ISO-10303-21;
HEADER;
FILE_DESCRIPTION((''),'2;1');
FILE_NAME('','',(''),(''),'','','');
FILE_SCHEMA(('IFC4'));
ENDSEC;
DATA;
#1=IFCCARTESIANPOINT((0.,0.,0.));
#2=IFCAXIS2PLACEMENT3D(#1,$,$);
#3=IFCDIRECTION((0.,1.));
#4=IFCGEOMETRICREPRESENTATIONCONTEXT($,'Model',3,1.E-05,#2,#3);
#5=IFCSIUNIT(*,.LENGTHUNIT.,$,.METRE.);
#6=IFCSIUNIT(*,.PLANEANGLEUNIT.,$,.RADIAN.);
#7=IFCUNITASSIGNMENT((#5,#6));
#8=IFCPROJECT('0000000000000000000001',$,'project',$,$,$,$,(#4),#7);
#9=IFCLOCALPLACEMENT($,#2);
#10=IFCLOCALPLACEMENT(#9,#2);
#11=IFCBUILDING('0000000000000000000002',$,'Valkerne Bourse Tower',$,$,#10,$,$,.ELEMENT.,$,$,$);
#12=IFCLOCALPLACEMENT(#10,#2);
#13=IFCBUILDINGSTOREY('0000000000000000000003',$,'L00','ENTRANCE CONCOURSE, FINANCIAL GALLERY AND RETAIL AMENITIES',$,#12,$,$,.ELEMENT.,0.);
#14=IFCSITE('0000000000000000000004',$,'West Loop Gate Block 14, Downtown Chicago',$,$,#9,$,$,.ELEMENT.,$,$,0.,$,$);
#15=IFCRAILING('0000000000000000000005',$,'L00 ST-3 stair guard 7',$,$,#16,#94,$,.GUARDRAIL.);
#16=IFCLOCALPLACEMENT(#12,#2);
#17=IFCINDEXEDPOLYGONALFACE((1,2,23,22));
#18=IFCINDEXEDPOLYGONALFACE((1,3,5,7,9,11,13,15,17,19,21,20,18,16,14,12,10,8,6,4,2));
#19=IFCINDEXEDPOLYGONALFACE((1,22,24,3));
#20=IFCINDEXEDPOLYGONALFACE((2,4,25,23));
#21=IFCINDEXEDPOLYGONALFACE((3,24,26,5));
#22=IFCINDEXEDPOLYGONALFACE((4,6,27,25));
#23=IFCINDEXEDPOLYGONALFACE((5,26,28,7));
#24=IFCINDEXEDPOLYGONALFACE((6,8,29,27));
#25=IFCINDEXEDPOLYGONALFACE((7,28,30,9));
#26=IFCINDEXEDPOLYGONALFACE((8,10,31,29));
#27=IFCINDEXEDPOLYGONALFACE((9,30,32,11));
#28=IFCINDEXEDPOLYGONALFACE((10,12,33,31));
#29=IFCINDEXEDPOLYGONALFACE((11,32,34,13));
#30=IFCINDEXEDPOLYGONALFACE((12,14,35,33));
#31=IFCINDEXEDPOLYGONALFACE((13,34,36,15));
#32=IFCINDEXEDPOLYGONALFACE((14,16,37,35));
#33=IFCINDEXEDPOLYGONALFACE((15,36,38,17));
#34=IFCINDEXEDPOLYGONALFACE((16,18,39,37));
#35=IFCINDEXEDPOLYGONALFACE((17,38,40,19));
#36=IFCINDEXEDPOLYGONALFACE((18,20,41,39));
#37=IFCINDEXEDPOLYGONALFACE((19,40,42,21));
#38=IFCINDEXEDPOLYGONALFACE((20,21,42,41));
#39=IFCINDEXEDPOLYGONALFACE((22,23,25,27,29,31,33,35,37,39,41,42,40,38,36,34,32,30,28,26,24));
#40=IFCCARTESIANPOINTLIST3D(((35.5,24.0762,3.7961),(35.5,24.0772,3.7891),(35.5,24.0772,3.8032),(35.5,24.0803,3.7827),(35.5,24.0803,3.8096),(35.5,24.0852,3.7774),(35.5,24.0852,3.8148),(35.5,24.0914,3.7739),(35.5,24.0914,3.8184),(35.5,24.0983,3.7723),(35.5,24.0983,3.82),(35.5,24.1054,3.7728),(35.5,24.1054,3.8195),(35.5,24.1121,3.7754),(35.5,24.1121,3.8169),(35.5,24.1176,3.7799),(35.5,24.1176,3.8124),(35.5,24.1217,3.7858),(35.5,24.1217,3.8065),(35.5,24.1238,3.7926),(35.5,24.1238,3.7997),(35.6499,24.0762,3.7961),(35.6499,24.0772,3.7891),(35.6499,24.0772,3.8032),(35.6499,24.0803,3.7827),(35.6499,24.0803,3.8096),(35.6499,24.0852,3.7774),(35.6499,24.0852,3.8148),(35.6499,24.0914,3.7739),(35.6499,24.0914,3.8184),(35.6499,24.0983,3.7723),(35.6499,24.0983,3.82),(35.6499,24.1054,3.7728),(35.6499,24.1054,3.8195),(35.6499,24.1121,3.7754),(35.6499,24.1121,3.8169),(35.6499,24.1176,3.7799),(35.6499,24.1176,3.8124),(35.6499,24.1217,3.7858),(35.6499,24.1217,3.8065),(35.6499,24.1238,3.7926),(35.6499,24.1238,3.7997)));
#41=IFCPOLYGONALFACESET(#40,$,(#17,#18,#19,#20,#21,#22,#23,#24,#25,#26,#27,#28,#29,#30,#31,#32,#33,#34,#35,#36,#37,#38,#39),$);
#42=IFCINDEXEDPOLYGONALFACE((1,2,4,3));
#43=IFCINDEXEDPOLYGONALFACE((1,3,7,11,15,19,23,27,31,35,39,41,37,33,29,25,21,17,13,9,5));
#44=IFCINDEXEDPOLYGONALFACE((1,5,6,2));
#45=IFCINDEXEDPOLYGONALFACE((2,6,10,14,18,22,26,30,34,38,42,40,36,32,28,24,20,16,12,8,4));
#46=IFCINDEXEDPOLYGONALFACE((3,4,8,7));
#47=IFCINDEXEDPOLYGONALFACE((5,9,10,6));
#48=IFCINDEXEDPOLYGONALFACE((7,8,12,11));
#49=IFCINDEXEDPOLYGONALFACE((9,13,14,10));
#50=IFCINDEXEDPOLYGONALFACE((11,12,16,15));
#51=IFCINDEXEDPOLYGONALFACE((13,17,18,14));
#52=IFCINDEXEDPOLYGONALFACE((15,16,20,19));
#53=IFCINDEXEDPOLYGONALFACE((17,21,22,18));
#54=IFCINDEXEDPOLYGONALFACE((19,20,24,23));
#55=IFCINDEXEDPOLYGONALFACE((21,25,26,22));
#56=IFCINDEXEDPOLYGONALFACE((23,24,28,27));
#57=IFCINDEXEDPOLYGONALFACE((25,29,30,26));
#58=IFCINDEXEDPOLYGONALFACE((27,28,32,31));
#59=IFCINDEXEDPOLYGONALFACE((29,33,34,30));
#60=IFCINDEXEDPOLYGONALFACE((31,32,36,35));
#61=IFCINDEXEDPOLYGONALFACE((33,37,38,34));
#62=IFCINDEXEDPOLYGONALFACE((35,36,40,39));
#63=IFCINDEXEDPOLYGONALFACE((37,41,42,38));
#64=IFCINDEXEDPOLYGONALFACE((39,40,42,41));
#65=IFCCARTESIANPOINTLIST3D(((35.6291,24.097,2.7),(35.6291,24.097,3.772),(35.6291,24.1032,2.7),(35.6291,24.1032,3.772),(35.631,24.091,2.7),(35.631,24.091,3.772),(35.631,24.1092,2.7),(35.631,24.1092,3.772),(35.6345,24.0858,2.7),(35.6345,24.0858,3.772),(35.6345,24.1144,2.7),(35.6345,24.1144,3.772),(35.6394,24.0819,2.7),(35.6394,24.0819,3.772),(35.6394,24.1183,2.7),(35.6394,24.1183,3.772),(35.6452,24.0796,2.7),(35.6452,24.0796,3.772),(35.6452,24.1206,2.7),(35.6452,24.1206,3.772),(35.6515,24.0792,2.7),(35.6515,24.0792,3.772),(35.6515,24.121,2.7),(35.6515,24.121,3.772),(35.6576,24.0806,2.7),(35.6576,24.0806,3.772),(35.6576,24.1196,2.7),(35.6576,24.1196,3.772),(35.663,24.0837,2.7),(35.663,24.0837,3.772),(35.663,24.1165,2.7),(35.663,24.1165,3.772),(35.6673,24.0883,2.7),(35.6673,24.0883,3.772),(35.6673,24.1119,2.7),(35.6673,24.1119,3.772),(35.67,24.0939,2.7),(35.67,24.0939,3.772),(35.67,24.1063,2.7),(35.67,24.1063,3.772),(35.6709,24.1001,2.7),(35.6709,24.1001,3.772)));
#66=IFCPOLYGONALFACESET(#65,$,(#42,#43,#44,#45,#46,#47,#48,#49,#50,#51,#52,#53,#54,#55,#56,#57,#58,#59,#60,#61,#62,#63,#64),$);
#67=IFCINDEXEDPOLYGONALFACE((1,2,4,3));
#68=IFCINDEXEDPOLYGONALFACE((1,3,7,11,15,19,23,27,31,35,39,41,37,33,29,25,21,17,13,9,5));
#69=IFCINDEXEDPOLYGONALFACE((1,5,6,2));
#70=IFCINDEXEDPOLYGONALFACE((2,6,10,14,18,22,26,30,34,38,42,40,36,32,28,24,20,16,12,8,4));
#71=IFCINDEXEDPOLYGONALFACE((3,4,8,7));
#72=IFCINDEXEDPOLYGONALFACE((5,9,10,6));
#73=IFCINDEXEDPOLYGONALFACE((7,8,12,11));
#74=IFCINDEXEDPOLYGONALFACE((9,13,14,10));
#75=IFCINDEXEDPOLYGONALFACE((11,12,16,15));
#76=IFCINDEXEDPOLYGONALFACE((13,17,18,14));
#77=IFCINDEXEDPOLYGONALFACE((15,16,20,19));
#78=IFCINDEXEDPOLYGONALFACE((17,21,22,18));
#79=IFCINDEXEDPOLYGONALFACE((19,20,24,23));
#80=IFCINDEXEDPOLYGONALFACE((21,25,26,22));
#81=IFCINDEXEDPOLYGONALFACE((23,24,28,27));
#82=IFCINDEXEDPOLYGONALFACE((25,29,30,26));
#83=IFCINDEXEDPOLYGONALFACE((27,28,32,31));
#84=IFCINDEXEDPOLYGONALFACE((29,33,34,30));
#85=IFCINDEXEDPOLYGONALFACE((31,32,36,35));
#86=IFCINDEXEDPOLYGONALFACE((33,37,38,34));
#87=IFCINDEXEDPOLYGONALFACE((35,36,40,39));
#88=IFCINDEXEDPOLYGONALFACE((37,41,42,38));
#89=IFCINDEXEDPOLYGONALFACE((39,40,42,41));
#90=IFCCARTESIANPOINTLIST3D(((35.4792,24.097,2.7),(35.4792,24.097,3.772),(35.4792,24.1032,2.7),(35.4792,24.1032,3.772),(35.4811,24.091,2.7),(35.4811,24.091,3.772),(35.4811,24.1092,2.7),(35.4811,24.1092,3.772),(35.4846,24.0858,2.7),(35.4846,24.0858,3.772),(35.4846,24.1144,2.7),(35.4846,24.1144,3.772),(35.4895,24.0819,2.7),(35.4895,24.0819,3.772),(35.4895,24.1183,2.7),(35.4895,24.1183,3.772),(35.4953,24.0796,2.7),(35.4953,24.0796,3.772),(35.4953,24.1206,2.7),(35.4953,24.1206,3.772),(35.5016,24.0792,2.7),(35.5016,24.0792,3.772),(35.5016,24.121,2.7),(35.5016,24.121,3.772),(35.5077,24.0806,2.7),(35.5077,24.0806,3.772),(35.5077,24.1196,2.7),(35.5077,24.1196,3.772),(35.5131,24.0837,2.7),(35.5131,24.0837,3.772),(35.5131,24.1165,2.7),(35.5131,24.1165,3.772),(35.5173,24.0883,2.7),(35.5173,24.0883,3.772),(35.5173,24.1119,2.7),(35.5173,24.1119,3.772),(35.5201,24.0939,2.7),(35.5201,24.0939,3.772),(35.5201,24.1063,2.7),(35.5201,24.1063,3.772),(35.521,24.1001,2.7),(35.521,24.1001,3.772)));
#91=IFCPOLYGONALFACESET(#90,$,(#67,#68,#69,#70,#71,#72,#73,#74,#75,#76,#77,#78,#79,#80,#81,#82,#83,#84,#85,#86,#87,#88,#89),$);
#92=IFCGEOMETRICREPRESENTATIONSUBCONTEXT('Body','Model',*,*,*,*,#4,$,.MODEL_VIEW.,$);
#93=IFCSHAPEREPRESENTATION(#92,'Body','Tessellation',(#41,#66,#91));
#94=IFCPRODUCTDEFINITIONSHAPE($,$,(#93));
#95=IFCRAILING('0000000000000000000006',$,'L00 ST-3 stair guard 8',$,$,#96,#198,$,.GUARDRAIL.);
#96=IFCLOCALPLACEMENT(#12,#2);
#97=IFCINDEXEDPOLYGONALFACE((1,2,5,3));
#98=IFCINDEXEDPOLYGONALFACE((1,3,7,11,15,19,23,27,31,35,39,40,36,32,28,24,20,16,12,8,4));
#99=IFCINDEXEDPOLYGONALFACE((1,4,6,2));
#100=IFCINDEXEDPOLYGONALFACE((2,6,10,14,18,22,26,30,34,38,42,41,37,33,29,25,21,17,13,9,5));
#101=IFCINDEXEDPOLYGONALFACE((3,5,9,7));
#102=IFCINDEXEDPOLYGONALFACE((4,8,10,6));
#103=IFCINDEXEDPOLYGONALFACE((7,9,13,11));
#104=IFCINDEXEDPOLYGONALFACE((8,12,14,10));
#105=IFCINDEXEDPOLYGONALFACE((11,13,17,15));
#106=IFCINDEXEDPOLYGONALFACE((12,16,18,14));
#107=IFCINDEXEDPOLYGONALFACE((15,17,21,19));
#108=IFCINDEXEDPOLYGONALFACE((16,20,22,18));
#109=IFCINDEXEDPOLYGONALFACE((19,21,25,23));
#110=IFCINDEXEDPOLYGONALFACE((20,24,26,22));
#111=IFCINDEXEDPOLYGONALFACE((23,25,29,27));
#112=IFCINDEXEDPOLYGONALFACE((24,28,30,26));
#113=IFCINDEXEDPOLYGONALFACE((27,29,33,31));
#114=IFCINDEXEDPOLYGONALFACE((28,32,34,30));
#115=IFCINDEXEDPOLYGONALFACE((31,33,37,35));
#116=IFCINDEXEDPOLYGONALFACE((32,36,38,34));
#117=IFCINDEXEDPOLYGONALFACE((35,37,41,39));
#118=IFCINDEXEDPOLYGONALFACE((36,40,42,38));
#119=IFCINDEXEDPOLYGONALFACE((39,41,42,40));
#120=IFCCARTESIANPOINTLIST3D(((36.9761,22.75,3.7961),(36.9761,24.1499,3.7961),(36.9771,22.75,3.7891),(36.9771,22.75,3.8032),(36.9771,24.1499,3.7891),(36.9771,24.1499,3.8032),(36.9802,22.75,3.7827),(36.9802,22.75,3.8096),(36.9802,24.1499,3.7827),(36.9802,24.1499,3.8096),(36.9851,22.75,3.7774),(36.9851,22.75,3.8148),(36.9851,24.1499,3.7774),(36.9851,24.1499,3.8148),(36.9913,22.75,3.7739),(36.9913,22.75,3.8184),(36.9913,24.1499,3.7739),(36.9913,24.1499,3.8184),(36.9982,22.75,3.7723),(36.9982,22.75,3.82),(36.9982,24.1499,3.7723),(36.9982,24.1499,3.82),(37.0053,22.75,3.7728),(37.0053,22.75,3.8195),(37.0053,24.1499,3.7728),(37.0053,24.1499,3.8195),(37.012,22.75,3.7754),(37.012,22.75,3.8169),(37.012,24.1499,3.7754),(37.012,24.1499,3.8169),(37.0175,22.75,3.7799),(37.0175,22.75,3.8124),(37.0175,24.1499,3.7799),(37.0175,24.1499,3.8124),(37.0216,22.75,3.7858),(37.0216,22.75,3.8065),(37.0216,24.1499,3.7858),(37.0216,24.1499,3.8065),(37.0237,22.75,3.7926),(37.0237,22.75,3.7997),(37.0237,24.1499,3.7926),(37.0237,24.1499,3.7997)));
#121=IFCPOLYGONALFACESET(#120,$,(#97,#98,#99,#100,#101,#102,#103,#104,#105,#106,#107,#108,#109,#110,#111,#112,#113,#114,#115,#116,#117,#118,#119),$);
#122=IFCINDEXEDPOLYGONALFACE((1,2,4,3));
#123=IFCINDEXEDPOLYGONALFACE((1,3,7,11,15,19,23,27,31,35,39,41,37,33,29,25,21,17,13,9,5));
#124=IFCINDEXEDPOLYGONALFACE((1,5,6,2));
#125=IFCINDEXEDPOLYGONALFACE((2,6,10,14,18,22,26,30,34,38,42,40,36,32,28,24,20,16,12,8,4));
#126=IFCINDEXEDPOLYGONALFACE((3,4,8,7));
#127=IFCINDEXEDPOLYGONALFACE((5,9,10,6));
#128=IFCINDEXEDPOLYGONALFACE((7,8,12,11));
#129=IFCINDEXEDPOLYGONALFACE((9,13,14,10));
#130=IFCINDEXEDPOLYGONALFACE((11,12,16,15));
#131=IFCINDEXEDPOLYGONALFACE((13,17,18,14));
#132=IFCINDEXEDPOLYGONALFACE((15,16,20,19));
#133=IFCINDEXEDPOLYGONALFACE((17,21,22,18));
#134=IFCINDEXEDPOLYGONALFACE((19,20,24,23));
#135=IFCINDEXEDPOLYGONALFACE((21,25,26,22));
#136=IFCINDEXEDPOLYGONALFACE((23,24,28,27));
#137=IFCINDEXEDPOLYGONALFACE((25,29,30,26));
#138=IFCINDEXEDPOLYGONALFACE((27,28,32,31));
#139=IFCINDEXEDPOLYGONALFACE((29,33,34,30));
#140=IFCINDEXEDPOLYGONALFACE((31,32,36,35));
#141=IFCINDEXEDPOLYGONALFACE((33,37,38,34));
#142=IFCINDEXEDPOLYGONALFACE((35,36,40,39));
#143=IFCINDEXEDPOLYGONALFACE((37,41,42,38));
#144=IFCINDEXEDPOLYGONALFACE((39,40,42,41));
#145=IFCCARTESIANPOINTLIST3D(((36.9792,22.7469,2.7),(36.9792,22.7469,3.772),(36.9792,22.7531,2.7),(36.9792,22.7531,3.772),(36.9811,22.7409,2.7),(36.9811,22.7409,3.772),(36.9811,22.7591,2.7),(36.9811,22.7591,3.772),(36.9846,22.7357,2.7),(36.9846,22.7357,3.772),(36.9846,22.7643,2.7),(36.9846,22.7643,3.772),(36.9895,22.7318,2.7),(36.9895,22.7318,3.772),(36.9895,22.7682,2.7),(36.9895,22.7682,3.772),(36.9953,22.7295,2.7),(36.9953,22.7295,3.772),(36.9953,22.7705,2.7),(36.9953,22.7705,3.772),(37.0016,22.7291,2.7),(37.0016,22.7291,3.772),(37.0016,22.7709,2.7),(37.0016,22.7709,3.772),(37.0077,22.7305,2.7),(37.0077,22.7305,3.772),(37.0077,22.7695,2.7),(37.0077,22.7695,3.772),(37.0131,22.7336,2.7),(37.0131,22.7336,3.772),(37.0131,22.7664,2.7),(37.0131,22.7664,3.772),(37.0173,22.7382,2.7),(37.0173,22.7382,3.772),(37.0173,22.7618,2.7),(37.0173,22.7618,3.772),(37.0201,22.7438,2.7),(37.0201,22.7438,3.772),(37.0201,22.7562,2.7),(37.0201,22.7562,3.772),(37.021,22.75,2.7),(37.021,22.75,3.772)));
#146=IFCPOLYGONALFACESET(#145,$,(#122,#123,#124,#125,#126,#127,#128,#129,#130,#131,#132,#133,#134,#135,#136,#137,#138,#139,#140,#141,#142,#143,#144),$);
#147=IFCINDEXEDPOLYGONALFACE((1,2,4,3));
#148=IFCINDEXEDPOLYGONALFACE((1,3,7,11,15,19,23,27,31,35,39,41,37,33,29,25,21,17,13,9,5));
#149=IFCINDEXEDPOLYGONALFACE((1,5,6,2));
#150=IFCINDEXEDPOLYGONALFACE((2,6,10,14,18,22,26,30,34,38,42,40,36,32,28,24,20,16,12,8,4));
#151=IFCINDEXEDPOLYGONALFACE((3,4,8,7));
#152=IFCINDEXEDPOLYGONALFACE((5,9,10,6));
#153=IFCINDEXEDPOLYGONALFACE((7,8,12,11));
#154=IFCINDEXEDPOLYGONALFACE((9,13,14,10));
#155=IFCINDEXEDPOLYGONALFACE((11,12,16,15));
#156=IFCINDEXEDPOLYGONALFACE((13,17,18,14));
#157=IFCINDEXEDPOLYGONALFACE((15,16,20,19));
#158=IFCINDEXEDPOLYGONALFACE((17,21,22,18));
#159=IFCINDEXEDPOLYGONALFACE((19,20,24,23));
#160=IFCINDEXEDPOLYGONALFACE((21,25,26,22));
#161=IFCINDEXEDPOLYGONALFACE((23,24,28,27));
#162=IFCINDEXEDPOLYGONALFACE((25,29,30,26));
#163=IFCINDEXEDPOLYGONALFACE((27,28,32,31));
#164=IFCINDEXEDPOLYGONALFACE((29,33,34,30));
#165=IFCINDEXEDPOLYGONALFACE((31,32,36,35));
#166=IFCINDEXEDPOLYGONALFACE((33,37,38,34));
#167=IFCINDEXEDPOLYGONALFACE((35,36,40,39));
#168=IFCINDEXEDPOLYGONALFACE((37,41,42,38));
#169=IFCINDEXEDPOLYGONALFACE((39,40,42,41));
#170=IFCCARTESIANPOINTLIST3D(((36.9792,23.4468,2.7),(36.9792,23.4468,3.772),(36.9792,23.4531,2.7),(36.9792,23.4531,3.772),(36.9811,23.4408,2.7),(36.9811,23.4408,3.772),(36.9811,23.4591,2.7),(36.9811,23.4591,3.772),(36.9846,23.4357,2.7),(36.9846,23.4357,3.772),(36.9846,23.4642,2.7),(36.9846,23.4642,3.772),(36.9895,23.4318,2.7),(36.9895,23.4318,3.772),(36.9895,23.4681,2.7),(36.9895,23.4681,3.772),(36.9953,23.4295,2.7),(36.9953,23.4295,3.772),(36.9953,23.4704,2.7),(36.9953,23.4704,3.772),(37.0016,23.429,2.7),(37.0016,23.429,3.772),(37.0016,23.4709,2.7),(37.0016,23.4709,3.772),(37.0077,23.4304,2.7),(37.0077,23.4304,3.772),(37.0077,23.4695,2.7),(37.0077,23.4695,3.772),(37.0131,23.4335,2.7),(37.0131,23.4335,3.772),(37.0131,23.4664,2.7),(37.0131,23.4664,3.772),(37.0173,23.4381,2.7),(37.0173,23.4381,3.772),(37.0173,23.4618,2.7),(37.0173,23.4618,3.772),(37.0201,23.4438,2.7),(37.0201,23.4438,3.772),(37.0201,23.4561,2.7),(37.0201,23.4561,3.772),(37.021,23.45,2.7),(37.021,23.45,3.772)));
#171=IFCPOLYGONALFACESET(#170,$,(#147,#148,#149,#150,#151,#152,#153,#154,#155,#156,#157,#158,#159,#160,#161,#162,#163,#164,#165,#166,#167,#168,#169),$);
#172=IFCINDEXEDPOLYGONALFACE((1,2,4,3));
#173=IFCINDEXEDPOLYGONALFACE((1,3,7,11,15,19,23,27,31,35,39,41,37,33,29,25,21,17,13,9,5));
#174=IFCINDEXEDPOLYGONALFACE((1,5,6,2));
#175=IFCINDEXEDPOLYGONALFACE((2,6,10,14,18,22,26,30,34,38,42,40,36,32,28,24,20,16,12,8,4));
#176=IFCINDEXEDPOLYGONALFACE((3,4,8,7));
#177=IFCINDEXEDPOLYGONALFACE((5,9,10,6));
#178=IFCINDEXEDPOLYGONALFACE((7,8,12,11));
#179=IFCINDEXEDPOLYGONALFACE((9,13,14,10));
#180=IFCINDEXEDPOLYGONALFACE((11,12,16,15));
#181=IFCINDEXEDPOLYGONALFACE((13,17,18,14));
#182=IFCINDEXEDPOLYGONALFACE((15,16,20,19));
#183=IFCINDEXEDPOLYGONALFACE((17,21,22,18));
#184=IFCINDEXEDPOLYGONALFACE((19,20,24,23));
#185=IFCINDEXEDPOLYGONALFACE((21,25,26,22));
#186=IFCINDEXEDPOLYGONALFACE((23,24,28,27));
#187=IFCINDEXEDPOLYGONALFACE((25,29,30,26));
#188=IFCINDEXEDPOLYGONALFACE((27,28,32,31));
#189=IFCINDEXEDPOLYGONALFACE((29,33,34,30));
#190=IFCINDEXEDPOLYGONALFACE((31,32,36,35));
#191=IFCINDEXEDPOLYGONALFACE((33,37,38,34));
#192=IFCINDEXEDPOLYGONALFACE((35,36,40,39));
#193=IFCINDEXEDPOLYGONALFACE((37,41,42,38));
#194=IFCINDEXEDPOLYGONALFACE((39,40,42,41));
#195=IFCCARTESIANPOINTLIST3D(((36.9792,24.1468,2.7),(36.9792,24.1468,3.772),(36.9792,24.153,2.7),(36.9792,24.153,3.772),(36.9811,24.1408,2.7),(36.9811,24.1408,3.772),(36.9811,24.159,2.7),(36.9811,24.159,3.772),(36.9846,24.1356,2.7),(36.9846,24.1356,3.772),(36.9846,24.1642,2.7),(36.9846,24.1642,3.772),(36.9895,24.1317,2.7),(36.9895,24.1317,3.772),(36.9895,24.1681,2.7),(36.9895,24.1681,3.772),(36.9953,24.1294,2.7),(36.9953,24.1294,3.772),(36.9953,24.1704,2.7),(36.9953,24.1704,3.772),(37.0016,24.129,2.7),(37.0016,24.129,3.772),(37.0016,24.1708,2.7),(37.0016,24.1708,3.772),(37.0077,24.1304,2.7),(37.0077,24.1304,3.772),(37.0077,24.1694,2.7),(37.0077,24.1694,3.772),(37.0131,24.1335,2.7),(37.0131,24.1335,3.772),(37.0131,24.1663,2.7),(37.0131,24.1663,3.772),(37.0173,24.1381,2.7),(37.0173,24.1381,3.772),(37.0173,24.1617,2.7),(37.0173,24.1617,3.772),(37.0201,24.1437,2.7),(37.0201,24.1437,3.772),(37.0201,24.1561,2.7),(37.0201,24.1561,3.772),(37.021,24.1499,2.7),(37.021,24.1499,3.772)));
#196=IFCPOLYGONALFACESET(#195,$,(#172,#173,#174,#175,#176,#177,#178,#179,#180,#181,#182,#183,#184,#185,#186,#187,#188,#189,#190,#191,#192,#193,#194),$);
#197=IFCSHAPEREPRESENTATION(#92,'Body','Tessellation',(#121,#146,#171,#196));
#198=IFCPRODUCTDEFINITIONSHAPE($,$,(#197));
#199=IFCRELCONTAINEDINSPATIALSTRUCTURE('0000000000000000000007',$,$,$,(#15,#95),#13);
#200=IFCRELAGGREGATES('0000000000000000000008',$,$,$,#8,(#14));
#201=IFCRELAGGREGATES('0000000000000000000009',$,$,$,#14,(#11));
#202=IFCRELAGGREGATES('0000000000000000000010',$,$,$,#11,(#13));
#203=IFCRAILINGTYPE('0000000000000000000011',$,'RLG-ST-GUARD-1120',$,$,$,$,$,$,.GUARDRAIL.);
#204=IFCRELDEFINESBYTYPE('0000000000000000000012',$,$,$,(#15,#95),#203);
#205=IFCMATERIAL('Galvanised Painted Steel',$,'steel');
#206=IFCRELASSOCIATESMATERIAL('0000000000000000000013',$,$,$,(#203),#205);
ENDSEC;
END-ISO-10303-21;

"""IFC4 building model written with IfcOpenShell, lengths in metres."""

from ifc_helpers import new_model, si_unit, direction, frame, origin, origin_2d, place, context, subcontext, project, spatial, circle, extrude, material, type_object, element, save


model = new_model("IFC4")

# Units and contexts
model_context = context("Model", 3, precision=1e-05, world=origin(), true_north=direction((0.0, 1.0)))
body_context = subcontext(model_context, "Body", "Model", "MODEL_VIEW")
ifc_project = project(units=[si_unit("LENGTHUNIT", "METRE"), si_unit("PLANEANGLEUNIT", "RADIAN")], contexts=[model_context])

# Site, building, storey
site_placement = place(None, origin())
site = spatial("IfcSite", under=ifc_project, at=site_placement, Name="West Loop Gate Block 14, Downtown Chicago", CompositionType="ELEMENT", RefElevation=0.0)
building_placement = place(site_placement, origin())
building = spatial("IfcBuilding", under=site, at=building_placement, Name="Valkerne Bourse Tower", CompositionType="ELEMENT")
storey_placement = place(building_placement, origin())
storey = spatial("IfcBuildingStorey", under=building, at=storey_placement, Name="L00", Description="ENTRANCE CONCOURSE, FINANCIAL GALLERY AND RETAIL AMENITIES", CompositionType="ELEMENT", Elevation=0.0)

# Shared definitions
ifc_material_1 = material(Name="Galvanised Painted Steel", Category="steel")

# Railings
railing_type_1 = type_object("IfcRailingType", Name="RLG-ST-GUARD-1120", PredefinedType="GUARDRAIL", material=ifc_material_1)
railing_1_placement = place(storey_placement, frame((35.6499, 24.1001, 2.7)))
element("IfcRailing", 1, at=railing_1_placement, inside=storey, type_object=railing_type_1, Name="L00 ST-3 stair guard 7", PredefinedType="GUARDRAIL", context=body_context, shape_type="SweptSolid", body=[
    extrude(circle(Radius=0.0239, at=origin_2d()), frame((0.0, 0.0, 1.0962), z_axis=(-1.0, 0.0, 0.0), x_axis=(0.0, -1.0, 0.0)), (0.0, 0.0, 1.0), 0.1499),
    extrude(circle(Radius=0.021, at=origin_2d()), origin(), (0.0, 0.0, 1.0), 1.072),
    extrude(circle(Radius=0.021, at=origin_2d()), frame((-0.1499, 0.0, 0.0)), (0.0, 0.0, 1.0), 1.072),
])
for number, where, name in (
    (2, (37.0, 22.75, 2.7), "L00 ST-3 stair guard 8"),
):
    element("IfcRailing", number, at=place(storey_placement, frame(where)), inside=storey, type_object=railing_type_1, Name=name, PredefinedType="GUARDRAIL", context=body_context, shape_type="SweptSolid", body=[
        extrude(circle(Radius=0.0239, at=origin_2d()), frame((0.0, 0.0, 1.0962), z_axis=(0.0, 1.0, 0.0), x_axis=(-1.0, 0.0, 0.0)), (0.0, 0.0, 1.0), 1.3999),
        extrude(circle(Radius=0.021, at=origin_2d()), origin(), (0.0, 0.0, 1.0), 1.072),
        extrude(circle(Radius=0.021, at=origin_2d()), frame((0.0, 0.7, 0.0)), (0.0, 0.0, 1.0), 1.072),
        extrude(circle(Radius=0.021, at=origin_2d()), frame((0.0, 1.3999, 0.0)), (0.0, 0.0, 1.0), 1.072),
    ])

save(model, "model.ifc")
